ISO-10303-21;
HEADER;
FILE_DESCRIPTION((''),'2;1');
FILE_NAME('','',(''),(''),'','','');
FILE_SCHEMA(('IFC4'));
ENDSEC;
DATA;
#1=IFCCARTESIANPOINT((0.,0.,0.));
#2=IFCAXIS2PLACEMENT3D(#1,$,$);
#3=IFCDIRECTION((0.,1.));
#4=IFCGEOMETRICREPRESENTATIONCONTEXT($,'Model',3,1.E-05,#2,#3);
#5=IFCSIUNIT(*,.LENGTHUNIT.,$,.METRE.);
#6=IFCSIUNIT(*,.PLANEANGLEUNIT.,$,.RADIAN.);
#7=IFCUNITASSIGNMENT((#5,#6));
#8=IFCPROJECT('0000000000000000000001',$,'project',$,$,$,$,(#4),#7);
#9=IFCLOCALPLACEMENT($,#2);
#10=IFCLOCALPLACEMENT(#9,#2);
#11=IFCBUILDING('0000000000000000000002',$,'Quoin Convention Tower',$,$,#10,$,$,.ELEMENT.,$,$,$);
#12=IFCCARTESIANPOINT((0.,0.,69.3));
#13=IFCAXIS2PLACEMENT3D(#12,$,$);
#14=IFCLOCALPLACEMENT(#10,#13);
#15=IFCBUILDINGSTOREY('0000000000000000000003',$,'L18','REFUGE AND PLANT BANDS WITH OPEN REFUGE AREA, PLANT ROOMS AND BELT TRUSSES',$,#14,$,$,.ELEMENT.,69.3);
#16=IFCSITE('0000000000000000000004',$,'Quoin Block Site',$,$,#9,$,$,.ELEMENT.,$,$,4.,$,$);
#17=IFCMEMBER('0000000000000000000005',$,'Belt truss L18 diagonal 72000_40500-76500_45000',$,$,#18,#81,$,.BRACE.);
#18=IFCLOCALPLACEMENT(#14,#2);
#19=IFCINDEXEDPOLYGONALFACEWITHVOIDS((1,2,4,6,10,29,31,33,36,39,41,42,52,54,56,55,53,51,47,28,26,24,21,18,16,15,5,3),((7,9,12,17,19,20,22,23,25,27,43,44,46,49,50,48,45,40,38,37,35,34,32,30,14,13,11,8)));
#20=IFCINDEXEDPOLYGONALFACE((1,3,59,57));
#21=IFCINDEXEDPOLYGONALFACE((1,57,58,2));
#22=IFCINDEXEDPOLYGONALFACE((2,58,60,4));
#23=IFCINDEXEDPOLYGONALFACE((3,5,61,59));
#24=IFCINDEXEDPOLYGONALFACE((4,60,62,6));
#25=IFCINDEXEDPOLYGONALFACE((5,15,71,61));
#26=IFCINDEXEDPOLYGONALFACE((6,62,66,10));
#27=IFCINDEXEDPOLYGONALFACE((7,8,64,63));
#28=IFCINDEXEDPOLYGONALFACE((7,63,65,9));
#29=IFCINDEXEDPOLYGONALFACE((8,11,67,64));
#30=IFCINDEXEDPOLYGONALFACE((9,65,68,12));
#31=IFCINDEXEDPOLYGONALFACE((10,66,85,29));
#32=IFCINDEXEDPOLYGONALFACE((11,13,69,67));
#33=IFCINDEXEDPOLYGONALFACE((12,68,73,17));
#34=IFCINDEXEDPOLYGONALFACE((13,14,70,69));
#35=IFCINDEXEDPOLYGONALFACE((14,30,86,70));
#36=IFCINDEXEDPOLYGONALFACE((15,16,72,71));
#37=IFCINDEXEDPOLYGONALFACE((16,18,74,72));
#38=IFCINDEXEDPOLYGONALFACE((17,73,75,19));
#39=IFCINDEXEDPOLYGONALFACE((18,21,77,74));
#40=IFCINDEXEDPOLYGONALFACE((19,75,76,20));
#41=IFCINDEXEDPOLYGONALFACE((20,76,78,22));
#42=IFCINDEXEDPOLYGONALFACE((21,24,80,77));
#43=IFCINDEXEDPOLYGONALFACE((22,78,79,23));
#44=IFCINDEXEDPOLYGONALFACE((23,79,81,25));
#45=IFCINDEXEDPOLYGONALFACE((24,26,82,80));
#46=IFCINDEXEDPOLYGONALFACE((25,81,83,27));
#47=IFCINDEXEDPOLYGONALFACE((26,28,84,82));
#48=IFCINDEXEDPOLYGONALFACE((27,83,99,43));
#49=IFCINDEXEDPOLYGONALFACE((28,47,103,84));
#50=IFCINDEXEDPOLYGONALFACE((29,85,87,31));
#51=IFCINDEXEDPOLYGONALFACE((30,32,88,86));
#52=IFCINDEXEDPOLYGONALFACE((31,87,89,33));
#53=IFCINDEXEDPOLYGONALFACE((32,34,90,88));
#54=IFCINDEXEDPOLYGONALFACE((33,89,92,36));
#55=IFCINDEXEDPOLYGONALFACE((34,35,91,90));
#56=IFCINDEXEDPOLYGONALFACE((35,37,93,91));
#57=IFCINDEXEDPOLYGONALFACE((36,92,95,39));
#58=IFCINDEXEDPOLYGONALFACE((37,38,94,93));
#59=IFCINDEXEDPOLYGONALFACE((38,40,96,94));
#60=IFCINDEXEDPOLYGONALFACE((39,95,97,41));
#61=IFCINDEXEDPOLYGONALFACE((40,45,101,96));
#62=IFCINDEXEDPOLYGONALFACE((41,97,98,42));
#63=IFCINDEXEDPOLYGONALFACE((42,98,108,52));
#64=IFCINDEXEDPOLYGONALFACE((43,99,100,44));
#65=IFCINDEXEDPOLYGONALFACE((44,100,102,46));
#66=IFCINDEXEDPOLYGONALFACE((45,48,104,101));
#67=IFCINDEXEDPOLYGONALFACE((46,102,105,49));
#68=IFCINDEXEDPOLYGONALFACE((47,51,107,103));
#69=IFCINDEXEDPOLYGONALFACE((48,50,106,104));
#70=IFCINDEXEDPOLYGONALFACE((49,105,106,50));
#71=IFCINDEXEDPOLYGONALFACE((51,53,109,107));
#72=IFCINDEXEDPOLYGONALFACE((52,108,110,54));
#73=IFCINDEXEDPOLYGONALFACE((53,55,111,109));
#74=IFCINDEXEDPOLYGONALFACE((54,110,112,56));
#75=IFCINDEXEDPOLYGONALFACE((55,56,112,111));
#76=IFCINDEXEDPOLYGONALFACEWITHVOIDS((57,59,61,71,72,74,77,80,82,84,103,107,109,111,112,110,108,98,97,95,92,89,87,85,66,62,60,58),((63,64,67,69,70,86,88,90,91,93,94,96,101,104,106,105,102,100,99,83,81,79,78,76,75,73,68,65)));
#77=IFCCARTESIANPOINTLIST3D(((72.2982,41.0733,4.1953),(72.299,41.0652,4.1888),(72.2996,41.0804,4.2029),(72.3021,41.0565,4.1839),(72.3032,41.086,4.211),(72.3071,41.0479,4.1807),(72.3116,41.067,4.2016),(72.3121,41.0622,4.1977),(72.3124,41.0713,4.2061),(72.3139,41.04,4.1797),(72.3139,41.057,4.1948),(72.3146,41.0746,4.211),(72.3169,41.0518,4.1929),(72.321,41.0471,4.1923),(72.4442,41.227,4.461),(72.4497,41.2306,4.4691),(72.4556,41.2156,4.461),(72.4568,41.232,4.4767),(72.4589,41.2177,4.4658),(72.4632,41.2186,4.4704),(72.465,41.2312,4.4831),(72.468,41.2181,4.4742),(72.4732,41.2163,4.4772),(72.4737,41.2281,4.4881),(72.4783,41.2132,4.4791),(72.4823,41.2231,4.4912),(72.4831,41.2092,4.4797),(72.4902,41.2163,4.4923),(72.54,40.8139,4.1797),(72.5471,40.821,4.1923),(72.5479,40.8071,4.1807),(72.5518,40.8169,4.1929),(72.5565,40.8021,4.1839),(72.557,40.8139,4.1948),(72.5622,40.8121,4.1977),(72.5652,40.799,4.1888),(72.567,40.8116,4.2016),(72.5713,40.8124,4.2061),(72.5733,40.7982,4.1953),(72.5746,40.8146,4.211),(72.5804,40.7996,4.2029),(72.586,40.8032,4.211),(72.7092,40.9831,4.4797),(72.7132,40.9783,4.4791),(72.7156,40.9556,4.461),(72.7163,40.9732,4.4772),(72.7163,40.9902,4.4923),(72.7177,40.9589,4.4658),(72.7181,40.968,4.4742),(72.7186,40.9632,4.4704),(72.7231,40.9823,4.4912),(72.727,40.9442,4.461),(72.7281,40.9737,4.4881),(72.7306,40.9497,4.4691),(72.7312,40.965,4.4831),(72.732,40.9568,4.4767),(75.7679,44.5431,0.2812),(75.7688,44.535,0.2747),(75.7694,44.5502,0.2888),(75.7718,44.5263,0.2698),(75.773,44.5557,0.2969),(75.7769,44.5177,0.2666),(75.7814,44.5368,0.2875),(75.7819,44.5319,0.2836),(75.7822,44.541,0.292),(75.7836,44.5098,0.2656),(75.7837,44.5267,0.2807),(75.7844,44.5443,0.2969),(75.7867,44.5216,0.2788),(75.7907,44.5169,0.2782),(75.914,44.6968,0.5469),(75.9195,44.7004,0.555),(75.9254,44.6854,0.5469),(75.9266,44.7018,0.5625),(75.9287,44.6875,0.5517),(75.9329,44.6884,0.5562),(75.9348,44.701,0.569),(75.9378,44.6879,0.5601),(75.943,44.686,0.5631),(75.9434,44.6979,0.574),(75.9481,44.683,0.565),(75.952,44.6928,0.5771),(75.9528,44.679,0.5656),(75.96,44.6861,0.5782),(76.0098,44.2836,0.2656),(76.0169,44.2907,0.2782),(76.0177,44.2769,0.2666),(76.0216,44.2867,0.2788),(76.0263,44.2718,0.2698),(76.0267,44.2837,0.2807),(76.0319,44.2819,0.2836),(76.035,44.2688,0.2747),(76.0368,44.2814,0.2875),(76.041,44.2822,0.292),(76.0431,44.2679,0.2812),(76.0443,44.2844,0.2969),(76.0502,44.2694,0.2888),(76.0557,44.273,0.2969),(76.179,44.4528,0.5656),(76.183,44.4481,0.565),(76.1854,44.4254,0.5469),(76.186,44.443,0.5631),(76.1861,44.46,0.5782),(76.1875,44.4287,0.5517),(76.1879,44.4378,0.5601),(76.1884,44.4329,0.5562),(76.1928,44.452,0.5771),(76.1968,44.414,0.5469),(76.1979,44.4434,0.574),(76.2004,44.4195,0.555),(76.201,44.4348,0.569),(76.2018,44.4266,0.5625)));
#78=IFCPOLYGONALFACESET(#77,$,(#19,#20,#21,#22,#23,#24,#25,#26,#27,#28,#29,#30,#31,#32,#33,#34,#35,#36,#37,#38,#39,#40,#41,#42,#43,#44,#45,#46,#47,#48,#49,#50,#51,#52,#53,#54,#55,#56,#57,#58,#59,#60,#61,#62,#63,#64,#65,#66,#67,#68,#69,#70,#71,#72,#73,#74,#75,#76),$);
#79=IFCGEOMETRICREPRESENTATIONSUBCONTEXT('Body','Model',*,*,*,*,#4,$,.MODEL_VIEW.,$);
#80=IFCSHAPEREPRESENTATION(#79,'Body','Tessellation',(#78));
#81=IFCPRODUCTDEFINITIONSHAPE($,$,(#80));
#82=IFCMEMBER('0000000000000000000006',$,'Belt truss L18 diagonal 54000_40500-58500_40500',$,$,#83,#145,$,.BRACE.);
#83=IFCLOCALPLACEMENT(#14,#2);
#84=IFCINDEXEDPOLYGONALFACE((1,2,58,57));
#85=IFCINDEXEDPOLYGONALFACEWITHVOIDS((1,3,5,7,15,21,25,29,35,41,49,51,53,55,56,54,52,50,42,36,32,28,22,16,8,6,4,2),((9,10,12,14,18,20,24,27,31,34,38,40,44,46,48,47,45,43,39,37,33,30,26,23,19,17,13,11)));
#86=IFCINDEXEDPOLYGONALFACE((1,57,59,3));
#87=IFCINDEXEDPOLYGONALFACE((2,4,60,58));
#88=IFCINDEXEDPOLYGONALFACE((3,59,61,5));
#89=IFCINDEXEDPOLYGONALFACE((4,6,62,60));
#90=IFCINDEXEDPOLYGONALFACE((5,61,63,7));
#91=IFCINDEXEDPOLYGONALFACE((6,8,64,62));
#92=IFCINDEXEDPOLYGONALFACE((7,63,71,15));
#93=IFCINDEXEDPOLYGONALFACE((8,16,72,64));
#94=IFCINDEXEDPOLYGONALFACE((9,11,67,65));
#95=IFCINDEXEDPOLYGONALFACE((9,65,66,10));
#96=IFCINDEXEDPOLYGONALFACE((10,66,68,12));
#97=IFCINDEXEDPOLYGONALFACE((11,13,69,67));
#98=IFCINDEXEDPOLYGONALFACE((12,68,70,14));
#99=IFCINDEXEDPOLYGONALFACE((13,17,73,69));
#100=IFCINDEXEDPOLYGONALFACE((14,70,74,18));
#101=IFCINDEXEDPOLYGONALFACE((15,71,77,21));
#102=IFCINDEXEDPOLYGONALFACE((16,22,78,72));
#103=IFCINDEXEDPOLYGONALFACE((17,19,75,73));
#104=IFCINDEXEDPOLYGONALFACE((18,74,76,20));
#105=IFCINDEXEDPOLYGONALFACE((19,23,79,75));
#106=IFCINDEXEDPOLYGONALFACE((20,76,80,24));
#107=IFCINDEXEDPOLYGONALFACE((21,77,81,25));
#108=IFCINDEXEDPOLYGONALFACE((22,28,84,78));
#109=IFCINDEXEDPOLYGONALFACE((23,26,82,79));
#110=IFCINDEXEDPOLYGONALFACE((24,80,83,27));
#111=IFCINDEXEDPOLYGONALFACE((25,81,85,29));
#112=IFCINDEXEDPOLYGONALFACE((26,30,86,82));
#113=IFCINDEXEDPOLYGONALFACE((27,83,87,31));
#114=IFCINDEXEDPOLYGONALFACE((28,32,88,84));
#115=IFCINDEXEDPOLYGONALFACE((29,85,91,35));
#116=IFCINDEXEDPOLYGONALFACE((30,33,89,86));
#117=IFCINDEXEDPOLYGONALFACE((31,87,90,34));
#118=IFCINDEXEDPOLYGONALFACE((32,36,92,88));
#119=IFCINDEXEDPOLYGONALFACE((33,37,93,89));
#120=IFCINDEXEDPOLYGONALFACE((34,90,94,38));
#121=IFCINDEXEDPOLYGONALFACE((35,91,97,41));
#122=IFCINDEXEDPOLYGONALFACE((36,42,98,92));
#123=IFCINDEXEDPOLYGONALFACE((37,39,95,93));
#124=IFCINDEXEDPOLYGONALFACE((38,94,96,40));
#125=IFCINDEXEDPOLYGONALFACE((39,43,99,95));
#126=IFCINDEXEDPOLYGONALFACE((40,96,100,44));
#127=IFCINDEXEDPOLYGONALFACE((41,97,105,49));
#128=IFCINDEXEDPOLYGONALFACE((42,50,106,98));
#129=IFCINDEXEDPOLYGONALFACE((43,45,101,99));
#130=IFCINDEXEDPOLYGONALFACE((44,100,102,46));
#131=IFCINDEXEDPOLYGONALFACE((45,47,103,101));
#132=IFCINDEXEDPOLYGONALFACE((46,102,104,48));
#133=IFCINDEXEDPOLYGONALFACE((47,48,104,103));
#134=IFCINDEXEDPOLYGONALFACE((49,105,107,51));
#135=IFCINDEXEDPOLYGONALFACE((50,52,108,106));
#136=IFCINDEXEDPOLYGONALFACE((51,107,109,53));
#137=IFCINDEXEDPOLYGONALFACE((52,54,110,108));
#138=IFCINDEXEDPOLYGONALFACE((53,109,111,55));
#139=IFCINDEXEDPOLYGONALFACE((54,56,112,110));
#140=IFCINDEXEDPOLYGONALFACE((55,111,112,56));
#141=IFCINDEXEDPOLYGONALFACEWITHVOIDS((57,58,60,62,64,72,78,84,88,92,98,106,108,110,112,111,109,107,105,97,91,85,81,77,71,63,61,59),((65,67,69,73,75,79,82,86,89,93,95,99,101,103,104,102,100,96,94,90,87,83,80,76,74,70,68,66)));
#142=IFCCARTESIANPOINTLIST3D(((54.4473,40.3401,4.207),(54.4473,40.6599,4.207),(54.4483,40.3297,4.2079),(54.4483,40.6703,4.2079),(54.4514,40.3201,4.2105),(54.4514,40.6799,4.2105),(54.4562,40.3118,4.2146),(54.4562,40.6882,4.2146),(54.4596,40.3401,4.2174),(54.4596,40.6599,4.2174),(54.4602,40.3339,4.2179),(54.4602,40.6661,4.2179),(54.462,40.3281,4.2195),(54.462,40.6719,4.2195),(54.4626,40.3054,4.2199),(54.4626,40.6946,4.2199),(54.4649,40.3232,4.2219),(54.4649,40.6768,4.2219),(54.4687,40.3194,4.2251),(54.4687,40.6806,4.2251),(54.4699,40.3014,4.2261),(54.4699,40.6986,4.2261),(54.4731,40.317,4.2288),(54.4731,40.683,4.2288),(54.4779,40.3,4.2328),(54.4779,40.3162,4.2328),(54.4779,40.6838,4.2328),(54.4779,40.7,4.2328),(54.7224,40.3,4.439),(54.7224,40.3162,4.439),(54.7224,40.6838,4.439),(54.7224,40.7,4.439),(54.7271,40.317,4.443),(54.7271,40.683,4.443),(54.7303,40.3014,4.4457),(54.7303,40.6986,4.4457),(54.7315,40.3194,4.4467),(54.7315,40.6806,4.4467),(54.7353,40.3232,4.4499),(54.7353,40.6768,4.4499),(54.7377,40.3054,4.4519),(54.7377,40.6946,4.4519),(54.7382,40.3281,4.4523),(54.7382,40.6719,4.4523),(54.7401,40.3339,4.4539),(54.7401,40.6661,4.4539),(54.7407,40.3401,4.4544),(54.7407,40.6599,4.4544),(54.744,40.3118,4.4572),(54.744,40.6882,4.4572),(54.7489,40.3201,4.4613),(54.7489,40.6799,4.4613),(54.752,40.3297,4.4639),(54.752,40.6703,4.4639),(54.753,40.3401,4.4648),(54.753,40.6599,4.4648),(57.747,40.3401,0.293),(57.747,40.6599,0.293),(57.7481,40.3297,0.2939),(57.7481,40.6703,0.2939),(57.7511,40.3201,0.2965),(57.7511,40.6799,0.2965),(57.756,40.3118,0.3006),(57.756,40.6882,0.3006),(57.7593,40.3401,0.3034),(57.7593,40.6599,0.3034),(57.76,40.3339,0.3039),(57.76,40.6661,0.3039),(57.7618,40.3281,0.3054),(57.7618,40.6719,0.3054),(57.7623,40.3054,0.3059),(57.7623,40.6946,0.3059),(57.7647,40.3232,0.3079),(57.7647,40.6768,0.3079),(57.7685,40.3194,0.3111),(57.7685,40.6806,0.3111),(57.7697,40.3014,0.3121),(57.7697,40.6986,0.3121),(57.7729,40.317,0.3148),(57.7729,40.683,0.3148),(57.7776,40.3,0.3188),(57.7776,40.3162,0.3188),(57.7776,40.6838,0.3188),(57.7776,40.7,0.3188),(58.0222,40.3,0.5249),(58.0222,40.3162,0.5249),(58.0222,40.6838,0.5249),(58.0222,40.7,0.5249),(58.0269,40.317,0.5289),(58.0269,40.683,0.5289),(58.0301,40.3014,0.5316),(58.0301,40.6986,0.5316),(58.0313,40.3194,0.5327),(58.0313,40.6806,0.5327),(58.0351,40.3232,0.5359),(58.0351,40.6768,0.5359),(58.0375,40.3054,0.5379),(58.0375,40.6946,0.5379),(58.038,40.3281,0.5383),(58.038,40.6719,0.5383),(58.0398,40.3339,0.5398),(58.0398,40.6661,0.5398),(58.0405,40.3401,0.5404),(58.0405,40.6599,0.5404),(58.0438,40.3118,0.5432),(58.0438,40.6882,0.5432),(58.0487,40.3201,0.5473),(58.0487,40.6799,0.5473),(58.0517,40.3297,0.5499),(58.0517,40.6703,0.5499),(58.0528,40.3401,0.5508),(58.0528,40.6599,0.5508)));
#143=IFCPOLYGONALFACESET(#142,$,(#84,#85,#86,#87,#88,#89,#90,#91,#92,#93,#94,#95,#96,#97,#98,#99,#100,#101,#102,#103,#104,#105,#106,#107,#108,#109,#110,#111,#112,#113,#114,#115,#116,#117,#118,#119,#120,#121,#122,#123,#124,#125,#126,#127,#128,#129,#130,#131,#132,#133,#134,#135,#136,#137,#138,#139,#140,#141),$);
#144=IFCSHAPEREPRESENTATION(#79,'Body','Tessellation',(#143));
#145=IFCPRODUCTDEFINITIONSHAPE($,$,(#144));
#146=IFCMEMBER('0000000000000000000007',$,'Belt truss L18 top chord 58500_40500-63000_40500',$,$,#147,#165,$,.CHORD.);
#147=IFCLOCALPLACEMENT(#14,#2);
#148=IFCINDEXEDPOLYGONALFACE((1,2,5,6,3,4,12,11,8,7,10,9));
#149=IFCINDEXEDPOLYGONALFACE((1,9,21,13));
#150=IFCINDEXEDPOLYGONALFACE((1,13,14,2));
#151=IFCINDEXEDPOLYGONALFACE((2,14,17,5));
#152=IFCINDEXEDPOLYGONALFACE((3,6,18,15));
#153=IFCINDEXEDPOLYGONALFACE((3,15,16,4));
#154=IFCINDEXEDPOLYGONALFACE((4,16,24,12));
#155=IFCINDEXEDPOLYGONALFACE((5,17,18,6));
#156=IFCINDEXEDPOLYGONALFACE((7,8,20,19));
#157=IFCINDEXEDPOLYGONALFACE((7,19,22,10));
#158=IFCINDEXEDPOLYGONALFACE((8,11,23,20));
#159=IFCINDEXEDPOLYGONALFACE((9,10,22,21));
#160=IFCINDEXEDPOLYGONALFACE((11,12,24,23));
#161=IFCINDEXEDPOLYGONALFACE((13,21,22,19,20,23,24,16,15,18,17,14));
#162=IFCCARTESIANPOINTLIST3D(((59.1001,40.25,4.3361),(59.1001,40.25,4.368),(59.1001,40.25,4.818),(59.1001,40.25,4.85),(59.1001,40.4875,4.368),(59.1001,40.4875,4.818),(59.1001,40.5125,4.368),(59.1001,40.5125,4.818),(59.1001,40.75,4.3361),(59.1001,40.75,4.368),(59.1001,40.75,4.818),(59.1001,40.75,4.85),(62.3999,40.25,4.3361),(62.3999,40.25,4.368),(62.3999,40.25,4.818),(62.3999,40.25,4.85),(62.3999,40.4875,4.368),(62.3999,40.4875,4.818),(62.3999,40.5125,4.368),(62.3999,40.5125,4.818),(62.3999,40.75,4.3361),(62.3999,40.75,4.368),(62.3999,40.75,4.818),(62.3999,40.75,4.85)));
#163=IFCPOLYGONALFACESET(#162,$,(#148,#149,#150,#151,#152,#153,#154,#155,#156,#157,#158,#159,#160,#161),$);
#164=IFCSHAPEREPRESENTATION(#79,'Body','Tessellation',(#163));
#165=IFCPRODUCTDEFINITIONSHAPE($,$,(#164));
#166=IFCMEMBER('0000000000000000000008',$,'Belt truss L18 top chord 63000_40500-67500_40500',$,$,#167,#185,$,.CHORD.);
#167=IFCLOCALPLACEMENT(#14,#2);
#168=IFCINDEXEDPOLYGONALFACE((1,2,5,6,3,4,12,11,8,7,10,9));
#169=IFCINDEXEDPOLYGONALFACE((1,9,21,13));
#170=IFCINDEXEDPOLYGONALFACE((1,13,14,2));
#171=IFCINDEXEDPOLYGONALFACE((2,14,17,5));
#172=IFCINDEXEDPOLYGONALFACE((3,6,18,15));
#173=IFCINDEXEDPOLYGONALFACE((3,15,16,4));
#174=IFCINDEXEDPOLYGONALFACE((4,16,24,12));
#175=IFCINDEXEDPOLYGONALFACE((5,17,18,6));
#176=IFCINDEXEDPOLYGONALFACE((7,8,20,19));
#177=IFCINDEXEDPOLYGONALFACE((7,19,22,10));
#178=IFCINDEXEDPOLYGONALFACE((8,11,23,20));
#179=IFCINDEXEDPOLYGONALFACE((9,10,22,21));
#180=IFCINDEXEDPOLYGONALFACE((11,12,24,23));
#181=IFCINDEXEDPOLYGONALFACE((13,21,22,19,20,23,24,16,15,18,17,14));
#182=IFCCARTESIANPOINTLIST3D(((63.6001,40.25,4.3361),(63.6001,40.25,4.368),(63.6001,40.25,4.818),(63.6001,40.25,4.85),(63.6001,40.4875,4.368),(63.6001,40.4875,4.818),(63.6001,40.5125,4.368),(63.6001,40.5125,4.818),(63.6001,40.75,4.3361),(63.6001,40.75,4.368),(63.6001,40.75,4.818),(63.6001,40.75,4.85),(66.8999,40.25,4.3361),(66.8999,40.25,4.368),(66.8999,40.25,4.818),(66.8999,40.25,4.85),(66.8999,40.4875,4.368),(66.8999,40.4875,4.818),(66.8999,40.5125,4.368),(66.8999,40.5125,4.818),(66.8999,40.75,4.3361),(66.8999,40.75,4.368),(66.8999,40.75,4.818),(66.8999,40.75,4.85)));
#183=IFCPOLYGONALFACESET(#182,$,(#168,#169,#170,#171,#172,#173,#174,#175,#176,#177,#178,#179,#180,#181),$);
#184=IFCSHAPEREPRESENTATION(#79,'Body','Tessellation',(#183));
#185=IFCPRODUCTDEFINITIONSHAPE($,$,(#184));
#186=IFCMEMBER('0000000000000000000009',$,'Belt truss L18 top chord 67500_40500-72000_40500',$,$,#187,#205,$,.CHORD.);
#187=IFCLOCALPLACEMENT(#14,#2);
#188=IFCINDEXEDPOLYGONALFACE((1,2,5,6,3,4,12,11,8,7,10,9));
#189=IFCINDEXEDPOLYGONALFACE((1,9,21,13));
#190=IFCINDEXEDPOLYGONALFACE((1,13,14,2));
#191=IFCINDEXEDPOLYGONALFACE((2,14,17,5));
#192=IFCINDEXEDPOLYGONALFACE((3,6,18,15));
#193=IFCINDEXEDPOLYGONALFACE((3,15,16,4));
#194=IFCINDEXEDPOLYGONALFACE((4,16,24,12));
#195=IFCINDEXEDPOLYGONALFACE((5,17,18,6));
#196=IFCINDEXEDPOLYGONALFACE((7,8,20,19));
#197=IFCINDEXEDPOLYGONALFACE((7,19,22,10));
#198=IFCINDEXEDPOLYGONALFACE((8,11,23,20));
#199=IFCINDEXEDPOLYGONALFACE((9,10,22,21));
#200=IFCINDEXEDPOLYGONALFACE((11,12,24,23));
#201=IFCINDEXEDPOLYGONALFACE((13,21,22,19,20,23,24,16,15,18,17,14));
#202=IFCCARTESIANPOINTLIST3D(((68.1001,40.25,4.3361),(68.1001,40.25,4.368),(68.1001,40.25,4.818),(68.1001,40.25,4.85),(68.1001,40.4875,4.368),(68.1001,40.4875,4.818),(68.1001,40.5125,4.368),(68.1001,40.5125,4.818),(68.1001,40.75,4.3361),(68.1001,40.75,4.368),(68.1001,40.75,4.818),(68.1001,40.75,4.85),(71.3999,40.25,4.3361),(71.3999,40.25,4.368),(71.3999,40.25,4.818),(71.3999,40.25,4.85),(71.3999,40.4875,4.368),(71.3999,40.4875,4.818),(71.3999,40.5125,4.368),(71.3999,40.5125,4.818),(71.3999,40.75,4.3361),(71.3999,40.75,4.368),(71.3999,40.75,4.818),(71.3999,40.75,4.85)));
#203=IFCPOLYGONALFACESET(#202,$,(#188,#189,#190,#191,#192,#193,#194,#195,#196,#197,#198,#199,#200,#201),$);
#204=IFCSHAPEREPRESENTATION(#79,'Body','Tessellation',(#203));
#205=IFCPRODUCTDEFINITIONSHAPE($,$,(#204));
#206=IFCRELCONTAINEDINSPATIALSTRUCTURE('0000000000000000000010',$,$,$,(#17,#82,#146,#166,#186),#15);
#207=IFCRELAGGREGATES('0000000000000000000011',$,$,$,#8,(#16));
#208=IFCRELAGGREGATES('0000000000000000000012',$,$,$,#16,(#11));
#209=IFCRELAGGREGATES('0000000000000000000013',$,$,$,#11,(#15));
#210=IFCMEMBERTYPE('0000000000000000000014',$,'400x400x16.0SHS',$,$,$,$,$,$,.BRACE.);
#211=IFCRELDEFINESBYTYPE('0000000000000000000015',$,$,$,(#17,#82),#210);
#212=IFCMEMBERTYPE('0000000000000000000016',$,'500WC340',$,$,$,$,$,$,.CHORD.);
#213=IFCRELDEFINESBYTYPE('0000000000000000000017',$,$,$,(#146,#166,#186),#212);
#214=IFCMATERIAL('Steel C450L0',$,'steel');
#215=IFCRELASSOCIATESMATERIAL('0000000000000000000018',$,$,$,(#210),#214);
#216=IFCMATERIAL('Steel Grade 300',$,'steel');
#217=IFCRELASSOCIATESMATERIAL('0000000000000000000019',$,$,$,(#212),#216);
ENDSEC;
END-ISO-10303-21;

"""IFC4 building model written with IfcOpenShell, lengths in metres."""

from ifc_helpers import new_model, si_unit, direction, frame, origin, origin_2d, place, context, subcontext, project, spatial, hollow_rectangle, i_section, extrude, material, material_profile, profile_set, type_object, element, save


model = new_model("IFC4")

# Units and contexts
model_context = context("Model", 3, precision=1e-05, world=origin(), true_north=direction((0.0, 1.0)))
body_context = subcontext(model_context, "Body", "Model", "MODEL_VIEW")
ifc_project = project(units=[si_unit("LENGTHUNIT", "METRE"), si_unit("PLANEANGLEUNIT", "RADIAN")], contexts=[model_context])

# Site, building, storey
site_placement = place(None, origin())
site = spatial("IfcSite", under=ifc_project, at=site_placement, Name="Quoin Block Site", CompositionType="ELEMENT", RefElevation=4.0)
building_placement = place(site_placement, origin())
building = spatial("IfcBuilding", under=site, at=building_placement, Name="Quoin Convention Tower", CompositionType="ELEMENT")
storey_placement = place(building_placement, frame((0.0, 0.0, 69.3)))
storey = spatial("IfcBuildingStorey", under=building, at=storey_placement, Name="L18", Description="REFUGE AND PLANT BANDS WITH OPEN REFUGE AREA, PLANT ROOMS AND BELT TRUSSES", CompositionType="ELEMENT", Elevation=69.3)

# Members
ifc_material_1 = material(Name="Steel Grade 300", Category="steel")
ifc_material_2 = material(Name="Steel C450L0", Category="steel")
ifc_material_profile_1 = material_profile(ifc_material_2, hollow_rectangle(XDim=0.3999, YDim=0.3999, WallThickness=0.0161, InnerFilletRadius=0.0239, OuterFilletRadius=0.04, at=origin_2d()), Name="400x400x16.0SHS")
ifc_profile_set_1 = profile_set([ifc_material_profile_1], Name="Steel C450L0")
member_type_1 = type_object("IfcMemberType", Name="400x400x16.0SHS", PredefinedType="BRACE", material=ifc_profile_set_1)
member_1_placement = place(storey_placement, frame((75.9849, 44.4849, 0.4219), z_axis=(-0.552788, -0.552788, 0.623579), x_axis=(0.707107, -0.707107, 0.0)))
element("IfcMember", 1, at=member_1_placement, inside=storey, type_object=member_type_1, Name="Belt truss L18 diagonal 72000_40500-76500_45000", PredefinedType="BRACE", context=body_context, shape_type="SweptSolid", body=[
    extrude(hollow_rectangle(XDim=0.3999, YDim=0.3999, WallThickness=0.0161, InnerFilletRadius=0.0239, OuterFilletRadius=0.04, at=origin_2d()), origin(), (0.0, 0.0, 1.0), 6.2769),
])
member_2_placement = place(storey_placement, frame((57.8999, 40.5, 0.4219), z_axis=(-0.644564, 0.0, 0.76455), x_axis=(0.0, -1.0, 0.0)))
element("IfcMember", 2, at=member_2_placement, inside=storey, type_object=member_type_1, Name="Belt truss L18 diagonal 54000_40500-58500_40500", PredefinedType="BRACE", context=body_context, shape_type="SweptSolid", body=[
    extrude(hollow_rectangle(XDim=0.3999, YDim=0.3999, WallThickness=0.0161, InnerFilletRadius=0.0239, OuterFilletRadius=0.04, at=origin_2d()), origin(), (0.0, 0.0, 1.0), 5.1194),
])
ifc_material_profile_2 = material_profile(ifc_material_1, i_section(OverallWidth=0.5, OverallDepth=0.5139, WebThickness=0.0249, FlangeThickness=0.032, at=origin_2d()), Name="500WC340")
ifc_profile_set_2 = profile_set([ifc_material_profile_2], Name="Steel Grade 300")
member_type_2 = type_object("IfcMemberType", Name="500WC340", PredefinedType="CHORD", material=ifc_profile_set_2)
for number, where, z_axis, x_axis, name in (
    (3, (59.1001, 40.5, 4.593), (1.0, 0.0, 0.0), (0.0, 1.0, 0.0), "Belt truss L18 top chord 58500_40500-63000_40500"),
    (4, (63.6001, 40.5, 4.593), (1.0, 0.0, 0.0), (0.0, 1.0, 0.0), "Belt truss L18 top chord 63000_40500-67500_40500"),
    (5, (68.1001, 40.5, 4.593), (1.0, 0.0, 0.0), (0.0, 1.0, 0.0), "Belt truss L18 top chord 67500_40500-72000_40500"),
):
    element("IfcMember", number, at=place(storey_placement, frame(where, z_axis=z_axis, x_axis=x_axis)), inside=storey, type_object=member_type_2, Name=name, PredefinedType="CHORD", context=body_context, shape_type="SweptSolid", body=[
        extrude(i_section(OverallWidth=0.5, OverallDepth=0.5139, WebThickness=0.0249, FlangeThickness=0.032, at=origin_2d()), origin(), (0.0, 0.0, 1.0), 3.2998),
    ])

save(model, "model.ifc")
